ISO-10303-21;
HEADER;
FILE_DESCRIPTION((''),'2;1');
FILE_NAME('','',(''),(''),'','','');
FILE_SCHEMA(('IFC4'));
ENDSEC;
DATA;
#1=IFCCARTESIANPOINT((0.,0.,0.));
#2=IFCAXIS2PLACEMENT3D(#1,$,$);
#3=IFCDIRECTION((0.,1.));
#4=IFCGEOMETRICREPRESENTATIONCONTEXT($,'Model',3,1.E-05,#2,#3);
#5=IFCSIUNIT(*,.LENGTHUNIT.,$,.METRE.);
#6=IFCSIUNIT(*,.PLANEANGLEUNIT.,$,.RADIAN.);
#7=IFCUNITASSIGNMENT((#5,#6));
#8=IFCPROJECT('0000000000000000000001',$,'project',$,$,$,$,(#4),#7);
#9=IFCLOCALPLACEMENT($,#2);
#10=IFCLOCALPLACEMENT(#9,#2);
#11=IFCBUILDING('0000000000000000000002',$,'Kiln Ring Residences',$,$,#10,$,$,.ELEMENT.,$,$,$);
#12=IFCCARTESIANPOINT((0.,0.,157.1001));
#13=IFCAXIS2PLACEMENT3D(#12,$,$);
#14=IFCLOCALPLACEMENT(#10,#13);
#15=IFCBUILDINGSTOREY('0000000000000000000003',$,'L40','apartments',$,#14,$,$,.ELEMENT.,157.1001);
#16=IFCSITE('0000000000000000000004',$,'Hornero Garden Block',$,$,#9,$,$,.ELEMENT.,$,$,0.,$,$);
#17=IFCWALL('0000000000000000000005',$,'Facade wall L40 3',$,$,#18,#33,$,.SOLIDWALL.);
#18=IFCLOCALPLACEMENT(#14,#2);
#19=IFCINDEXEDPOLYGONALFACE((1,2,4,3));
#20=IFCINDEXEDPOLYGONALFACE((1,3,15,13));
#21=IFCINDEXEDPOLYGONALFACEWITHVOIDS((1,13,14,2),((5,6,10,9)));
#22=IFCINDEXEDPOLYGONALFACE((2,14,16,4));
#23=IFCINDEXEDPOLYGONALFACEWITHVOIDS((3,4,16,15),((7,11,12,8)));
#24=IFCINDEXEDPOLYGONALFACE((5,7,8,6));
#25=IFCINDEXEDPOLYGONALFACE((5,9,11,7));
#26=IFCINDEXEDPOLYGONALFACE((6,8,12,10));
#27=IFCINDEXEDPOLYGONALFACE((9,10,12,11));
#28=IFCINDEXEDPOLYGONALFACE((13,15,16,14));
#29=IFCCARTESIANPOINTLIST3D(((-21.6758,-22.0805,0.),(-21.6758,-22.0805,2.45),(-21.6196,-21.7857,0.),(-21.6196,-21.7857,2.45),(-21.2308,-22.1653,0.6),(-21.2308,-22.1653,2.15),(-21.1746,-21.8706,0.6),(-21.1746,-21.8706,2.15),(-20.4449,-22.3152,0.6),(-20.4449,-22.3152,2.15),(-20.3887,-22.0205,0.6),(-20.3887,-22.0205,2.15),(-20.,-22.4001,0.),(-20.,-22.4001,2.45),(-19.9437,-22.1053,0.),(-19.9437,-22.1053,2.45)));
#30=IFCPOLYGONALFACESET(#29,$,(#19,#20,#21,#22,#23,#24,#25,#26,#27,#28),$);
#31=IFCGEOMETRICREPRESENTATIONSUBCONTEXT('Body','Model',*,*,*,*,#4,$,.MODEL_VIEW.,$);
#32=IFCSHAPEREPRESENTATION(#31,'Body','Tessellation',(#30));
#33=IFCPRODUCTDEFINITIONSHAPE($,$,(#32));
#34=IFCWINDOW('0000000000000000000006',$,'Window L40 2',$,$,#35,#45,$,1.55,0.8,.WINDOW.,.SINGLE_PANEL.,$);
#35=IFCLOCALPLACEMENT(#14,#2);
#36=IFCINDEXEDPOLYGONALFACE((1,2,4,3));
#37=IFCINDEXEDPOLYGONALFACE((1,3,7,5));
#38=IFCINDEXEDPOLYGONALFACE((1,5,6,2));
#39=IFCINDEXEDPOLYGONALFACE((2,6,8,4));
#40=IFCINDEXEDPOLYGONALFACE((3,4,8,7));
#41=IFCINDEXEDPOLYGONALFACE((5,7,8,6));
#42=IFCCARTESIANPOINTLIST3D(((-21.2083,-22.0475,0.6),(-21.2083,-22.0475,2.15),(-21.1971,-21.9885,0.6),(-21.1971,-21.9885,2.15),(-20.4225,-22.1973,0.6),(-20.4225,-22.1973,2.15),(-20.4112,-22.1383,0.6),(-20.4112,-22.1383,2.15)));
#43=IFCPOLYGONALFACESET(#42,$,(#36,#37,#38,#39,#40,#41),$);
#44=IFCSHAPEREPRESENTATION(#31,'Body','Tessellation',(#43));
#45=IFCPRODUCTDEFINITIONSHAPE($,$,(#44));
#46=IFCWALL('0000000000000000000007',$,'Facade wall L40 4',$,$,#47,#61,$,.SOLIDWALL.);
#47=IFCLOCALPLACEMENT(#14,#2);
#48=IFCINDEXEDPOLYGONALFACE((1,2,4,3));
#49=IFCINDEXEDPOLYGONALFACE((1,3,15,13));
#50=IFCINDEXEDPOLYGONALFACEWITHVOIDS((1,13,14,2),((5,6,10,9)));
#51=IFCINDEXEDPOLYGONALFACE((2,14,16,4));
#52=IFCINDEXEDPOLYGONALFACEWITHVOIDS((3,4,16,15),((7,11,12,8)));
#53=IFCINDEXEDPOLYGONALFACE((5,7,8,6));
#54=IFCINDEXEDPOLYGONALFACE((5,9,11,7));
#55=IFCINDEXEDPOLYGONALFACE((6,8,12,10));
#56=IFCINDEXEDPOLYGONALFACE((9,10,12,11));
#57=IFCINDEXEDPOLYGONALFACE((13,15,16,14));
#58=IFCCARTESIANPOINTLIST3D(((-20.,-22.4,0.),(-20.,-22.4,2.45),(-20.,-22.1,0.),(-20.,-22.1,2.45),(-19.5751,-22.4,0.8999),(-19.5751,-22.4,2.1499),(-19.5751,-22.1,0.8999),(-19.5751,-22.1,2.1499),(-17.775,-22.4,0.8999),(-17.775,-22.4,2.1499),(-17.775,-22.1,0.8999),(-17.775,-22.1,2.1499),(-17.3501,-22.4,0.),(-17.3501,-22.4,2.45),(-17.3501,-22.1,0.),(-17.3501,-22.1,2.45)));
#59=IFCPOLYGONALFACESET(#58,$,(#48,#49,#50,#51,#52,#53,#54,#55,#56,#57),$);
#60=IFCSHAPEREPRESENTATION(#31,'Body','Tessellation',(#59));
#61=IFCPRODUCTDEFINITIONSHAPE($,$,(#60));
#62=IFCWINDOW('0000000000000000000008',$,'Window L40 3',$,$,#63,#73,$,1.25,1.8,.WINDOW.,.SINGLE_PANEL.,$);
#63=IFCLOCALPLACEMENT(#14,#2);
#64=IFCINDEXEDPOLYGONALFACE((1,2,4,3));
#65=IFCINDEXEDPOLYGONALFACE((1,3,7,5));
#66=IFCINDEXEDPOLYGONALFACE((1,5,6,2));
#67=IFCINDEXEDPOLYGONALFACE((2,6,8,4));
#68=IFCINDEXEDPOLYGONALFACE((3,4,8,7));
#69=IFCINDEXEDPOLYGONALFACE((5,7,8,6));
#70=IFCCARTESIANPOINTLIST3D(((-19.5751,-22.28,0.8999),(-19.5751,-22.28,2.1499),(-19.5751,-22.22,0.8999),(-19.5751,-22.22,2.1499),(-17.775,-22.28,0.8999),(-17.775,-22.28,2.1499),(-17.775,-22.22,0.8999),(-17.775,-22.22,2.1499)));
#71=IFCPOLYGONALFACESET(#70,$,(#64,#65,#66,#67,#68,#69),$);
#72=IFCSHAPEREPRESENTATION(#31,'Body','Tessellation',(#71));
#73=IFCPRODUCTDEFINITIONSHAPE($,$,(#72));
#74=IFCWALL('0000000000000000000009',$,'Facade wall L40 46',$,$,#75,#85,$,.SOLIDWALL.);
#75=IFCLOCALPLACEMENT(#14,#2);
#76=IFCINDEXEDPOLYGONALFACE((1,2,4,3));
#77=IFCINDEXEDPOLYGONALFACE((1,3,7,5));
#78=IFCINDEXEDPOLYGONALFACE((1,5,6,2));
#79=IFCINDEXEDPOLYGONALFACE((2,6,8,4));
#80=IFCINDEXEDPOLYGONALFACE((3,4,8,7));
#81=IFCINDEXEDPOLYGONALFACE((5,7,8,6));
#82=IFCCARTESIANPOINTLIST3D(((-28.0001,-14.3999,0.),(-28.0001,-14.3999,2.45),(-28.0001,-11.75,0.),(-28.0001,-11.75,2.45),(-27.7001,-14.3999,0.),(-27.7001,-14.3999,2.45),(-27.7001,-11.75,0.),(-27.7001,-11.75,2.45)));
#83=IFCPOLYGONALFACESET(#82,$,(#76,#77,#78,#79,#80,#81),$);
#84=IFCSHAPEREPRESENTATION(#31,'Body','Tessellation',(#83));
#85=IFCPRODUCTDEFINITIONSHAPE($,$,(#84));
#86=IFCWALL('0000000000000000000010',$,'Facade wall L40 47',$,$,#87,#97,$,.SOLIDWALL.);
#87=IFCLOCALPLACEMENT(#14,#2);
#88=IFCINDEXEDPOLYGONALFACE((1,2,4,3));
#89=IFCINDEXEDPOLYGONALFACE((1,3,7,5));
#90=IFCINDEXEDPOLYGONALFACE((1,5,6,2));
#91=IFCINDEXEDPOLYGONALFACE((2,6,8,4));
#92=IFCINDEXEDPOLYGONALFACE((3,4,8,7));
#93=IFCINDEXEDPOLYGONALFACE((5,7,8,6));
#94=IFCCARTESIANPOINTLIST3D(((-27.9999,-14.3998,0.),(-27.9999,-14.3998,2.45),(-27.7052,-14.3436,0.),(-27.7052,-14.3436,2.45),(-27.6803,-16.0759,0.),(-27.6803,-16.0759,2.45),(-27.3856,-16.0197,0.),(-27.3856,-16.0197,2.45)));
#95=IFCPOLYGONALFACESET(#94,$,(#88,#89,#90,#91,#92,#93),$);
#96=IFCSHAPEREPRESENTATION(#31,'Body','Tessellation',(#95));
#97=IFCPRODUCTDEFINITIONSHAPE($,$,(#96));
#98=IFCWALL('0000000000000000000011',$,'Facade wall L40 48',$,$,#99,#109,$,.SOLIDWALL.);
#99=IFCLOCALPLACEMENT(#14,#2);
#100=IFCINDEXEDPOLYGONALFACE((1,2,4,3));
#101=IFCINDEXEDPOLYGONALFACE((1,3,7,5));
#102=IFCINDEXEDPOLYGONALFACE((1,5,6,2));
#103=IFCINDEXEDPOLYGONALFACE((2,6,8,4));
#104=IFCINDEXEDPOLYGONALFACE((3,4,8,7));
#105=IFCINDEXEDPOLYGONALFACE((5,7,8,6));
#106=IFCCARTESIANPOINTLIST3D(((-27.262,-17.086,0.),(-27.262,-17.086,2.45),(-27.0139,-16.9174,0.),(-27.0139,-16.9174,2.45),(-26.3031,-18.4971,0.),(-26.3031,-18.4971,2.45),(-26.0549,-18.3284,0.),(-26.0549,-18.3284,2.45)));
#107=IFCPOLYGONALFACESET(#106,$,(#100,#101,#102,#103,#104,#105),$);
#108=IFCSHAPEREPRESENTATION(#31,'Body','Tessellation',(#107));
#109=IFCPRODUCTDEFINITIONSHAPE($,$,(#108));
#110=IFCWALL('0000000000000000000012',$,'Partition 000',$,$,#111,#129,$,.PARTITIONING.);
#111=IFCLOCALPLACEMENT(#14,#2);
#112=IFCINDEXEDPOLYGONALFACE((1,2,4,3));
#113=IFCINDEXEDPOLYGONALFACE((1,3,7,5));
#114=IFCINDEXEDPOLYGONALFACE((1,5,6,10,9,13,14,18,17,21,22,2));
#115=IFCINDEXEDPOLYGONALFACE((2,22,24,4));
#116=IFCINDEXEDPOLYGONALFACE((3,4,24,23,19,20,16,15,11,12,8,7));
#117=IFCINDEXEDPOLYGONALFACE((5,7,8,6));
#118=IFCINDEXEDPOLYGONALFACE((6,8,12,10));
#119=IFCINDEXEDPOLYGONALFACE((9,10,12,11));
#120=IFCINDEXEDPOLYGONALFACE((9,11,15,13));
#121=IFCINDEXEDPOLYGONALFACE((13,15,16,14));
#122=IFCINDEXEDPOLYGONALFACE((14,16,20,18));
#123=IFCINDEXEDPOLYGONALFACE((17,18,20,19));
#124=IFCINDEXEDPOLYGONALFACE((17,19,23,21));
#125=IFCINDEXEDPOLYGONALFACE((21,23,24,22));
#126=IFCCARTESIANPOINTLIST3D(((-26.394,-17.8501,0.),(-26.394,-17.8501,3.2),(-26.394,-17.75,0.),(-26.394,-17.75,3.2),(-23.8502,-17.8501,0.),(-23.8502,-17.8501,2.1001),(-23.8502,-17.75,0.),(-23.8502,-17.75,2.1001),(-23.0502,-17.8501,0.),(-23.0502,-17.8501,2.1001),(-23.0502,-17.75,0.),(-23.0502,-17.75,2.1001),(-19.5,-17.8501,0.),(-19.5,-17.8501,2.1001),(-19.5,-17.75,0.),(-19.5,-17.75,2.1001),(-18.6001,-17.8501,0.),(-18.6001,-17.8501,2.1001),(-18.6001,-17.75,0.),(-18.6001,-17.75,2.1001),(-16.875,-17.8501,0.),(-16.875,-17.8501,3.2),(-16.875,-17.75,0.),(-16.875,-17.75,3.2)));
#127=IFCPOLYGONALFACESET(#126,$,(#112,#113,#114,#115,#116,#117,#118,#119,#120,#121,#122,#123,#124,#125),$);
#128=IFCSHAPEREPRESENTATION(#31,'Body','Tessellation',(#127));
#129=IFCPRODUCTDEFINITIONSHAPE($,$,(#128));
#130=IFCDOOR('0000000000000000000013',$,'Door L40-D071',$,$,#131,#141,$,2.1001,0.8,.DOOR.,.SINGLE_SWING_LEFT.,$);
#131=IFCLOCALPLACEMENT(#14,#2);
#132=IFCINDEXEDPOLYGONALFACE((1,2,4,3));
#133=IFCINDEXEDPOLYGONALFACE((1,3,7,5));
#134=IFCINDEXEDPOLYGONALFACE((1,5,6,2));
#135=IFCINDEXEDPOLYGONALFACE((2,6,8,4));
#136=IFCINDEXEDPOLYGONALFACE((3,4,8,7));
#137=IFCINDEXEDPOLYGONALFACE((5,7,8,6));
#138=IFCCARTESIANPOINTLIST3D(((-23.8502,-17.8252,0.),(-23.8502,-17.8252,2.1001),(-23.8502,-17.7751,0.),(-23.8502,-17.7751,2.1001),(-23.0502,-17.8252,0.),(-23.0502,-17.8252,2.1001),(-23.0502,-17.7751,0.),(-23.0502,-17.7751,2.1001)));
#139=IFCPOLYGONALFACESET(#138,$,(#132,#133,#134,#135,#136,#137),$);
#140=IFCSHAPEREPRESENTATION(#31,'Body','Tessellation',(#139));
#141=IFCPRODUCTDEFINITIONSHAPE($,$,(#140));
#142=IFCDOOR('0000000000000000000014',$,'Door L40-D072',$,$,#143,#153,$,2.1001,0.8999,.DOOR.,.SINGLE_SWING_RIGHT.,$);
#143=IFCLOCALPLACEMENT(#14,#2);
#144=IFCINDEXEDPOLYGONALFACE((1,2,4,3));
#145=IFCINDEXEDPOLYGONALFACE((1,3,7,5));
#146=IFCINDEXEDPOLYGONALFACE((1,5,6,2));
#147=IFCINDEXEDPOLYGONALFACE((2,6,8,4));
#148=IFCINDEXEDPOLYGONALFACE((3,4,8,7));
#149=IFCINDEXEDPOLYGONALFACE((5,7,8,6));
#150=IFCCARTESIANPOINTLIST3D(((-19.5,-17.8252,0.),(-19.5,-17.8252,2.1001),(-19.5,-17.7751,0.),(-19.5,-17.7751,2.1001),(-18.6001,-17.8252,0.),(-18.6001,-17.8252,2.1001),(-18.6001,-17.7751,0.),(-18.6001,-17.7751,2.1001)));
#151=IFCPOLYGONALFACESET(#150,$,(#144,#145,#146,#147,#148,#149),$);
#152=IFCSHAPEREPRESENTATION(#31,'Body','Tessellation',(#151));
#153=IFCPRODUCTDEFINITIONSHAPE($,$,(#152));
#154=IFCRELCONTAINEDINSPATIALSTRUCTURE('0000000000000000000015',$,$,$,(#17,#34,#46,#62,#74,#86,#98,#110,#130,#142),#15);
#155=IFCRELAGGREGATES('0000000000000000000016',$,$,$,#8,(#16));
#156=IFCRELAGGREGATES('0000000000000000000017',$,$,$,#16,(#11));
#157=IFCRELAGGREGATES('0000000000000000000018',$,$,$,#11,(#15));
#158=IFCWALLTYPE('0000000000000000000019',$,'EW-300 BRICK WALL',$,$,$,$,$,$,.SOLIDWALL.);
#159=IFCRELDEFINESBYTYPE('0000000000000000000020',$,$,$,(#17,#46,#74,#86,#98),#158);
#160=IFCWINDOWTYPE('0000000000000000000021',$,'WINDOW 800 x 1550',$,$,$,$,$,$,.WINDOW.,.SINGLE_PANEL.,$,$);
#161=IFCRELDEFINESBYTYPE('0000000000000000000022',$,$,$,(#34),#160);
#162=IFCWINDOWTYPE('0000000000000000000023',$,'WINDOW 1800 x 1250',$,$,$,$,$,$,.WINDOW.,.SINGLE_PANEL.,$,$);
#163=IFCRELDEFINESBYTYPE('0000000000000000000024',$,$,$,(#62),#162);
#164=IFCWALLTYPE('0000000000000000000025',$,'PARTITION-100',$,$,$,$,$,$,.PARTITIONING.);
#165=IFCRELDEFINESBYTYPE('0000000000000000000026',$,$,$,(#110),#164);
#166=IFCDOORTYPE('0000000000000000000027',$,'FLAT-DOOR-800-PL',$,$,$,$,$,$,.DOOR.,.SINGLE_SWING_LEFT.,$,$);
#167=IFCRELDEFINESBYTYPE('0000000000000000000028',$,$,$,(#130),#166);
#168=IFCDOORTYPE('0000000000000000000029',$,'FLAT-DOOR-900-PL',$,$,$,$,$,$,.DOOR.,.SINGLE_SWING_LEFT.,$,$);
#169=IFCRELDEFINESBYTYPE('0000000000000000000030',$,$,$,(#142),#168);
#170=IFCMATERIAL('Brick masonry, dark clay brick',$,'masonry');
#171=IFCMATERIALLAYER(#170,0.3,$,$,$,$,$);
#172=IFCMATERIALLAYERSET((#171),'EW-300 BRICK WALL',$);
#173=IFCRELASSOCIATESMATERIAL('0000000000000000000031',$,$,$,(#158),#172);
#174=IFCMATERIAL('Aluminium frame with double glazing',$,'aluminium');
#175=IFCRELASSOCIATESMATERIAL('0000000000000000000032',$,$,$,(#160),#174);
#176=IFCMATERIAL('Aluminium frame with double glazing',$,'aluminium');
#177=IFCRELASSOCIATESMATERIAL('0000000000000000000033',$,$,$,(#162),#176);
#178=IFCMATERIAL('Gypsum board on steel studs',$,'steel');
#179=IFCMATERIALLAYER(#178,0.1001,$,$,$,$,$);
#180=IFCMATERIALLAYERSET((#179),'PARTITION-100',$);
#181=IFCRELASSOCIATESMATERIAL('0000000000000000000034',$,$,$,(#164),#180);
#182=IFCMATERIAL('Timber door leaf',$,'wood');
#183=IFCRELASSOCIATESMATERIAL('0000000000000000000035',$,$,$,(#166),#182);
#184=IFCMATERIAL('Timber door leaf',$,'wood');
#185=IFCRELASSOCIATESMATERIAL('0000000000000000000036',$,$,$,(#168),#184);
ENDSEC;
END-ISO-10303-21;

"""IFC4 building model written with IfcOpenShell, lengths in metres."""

from ifc_helpers import new_model, si_unit, direction, frame, frame_2d, origin, place, context, subcontext, project, spatial, rectangle, extrude, material, layer, layer_set, type_object, element, fill, save


model = new_model("IFC4")

# Units and contexts
model_context = context("Model", 3, precision=1e-05, world=origin(), true_north=direction((0.0, 1.0)))
body_context = subcontext(model_context, "Body", "Model", "MODEL_VIEW")
ifc_project = project(units=[si_unit("LENGTHUNIT", "METRE"), si_unit("PLANEANGLEUNIT", "RADIAN")], contexts=[model_context])

# Site, building, storey
site_placement = place(None, origin())
site = spatial("IfcSite", under=ifc_project, at=site_placement, Name="Hornero Garden Block", CompositionType="ELEMENT", RefElevation=0.0)
building_placement = place(site_placement, origin())
building = spatial("IfcBuilding", under=site, at=building_placement, Name="Kiln Ring Residences", CompositionType="ELEMENT")
storey_placement = place(building_placement, frame((0.0, 0.0, 157.1001)))
storey = spatial("IfcBuildingStorey", under=building, at=storey_placement, Name="L40", Description="apartments", CompositionType="ELEMENT", Elevation=157.1001)

# Shared definitions
ifc_material_1 = material(Name="Brick masonry, dark clay brick", Category="masonry")
ifc_layer_1 = layer(ifc_material_1, 0.3)
ifc_layer_set_1 = layer_set([ifc_layer_1], Name="EW-300 BRICK WALL")
wall_type_1 = type_object("IfcWallType", Name="EW-300 BRICK WALL", PredefinedType="SOLIDWALL", material=ifc_layer_set_1)

# Walls, openings, windows
wall_1_placement = place(storey_placement, frame((-21.6477, -21.9331, 0.0), z_axis=(0.0, 0.0, 1.0), x_axis=(0.982297, -0.187329, 0.0)))
wall_1 = element("IfcWall", 1, at=wall_1_placement, inside=storey, type_object=wall_type_1, Name="Facade wall L40 3", PredefinedType="SOLIDWALL", context=body_context, shape_type="SweptSolid", body=[
    extrude(rectangle(XDim=1.7061, YDim=0.3, at=frame_2d((0.853, 0.0))), origin(), (0.0, 0.0, 1.0), 2.45),
])
opening_1_placement = place(wall_1_placement, frame((0.4531, 0.0, 0.6001)))
opening_1 = element("IfcOpeningElement", 2, at=opening_1_placement, cuts=wall_1, PredefinedType="OPENING", context=body_context, shape_type="SweptSolid", body=[
    extrude(rectangle(XDim=0.8, YDim=1.55, at=frame_2d((0.3999, 0.7749))), frame((0.0, 0.1599, 0.0), z_axis=(0.0, -1.0, 0.0), x_axis=(1.0, 0.0, 0.0)), (0.0, 0.0, 1.0), 0.3201),
])
ifc_material_2 = material(Name="Aluminium frame with double glazing", Category="aluminium")
window_type_1 = type_object("IfcWindowType", Name="WINDOW 800 x 1550", PartitioningType="SINGLE_PANEL", PredefinedType="WINDOW", material=ifc_material_2)
window_1_placement = place(opening_1_placement, origin())
window_1 = element("IfcWindow", 3, at=window_1_placement, inside=storey, type_object=window_type_1, Name="Window L40 2", OverallHeight=1.55, OverallWidth=0.8, PartitioningType="SINGLE_PANEL", PredefinedType="WINDOW", context=body_context, shape_type="SweptSolid", body=[
    extrude(rectangle(XDim=0.8, YDim=1.55, at=frame_2d((0.3999, 0.7749))), frame((0.0, 0.03, 0.0), z_axis=(0.0, -1.0, 0.0), x_axis=(1.0, 0.0, 0.0)), (0.0, 0.0, 1.0), 0.0601),
])
fill(opening_1, window_1)
wall_2_placement = place(storey_placement, frame((-20.0, -22.25, 0.0), z_axis=(0.0, 0.0, 1.0), x_axis=(1.0, 0.0, 0.0)))
wall_2 = element("IfcWall", 4, at=wall_2_placement, inside=storey, type_object=wall_type_1, Name="Facade wall L40 4", PredefinedType="SOLIDWALL", context=body_context, shape_type="SweptSolid", body=[
    extrude(rectangle(XDim=2.6499, YDim=0.3, at=frame_2d((1.325, 0.0))), origin(), (0.0, 0.0, 1.0), 2.45),
])
opening_2_placement = place(wall_2_placement, frame((0.425, 0.0, 0.8999)))
opening_2 = element("IfcOpeningElement", 5, at=opening_2_placement, cuts=wall_2, PredefinedType="OPENING", context=body_context, shape_type="SweptSolid", body=[
    extrude(rectangle(XDim=1.8, YDim=1.25, at=frame_2d((0.8999, 0.625))), frame((0.0, 0.1599, 0.0), z_axis=(0.0, -1.0, 0.0), x_axis=(1.0, 0.0, 0.0)), (0.0, 0.0, 1.0), 0.3201),
])
ifc_material_3 = material(Name="Aluminium frame with double glazing", Category="aluminium")
window_type_2 = type_object("IfcWindowType", Name="WINDOW 1800 x 1250", PartitioningType="SINGLE_PANEL", PredefinedType="WINDOW", material=ifc_material_3)
window_2_placement = place(opening_2_placement, origin())
window_2 = element("IfcWindow", 6, at=window_2_placement, inside=storey, type_object=window_type_2, Name="Window L40 3", OverallHeight=1.25, OverallWidth=1.8, PartitioningType="SINGLE_PANEL", PredefinedType="WINDOW", context=body_context, shape_type="SweptSolid", body=[
    extrude(rectangle(XDim=1.8, YDim=1.25, at=frame_2d((0.8999, 0.625))), frame((0.0, 0.03, 0.0), z_axis=(0.0, -1.0, 0.0), x_axis=(1.0, 0.0, 0.0)), (0.0, 0.0, 1.0), 0.0601),
])
fill(opening_2, window_2)

# Walls
wall_3_placement = place(storey_placement, frame((-27.8501, -11.75, 0.0), z_axis=(0.0, 0.0, 1.0), x_axis=(0.0, -1.0, 0.0)))
element("IfcWall", 7, at=wall_3_placement, inside=storey, type_object=wall_type_1, Name="Facade wall L40 46", PredefinedType="SOLIDWALL", context=body_context, shape_type="SweptSolid", body=[
    extrude(rectangle(XDim=2.6499, YDim=0.3, at=frame_2d((1.325, 0.0))), origin(), (0.0, 0.0, 1.0), 2.45),
])
wall_4_placement = place(storey_placement, frame((-27.8525, -14.3718, 0.0), z_axis=(0.0, 0.0, 1.0), x_axis=(0.187303, -0.982302, 0.0)))
element("IfcWall", 8, at=wall_4_placement, inside=storey, type_object=wall_type_1, Name="Facade wall L40 47", PredefinedType="SOLIDWALL", context=body_context, shape_type="SweptSolid", body=[
    extrude(rectangle(XDim=1.7063, YDim=0.3, at=frame_2d((0.853, 0.0))), origin(), (0.0, 0.0, 1.0), 2.45),
])
wall_5_placement = place(storey_placement, frame((-27.1379, -17.0017, 0.0), z_axis=(0.0, 0.0, 1.0), x_axis=(0.562075, -0.827086, 0.0)))
element("IfcWall", 9, at=wall_5_placement, inside=storey, type_object=wall_type_1, Name="Facade wall L40 48", PredefinedType="SOLIDWALL", context=body_context, shape_type="SweptSolid", body=[
    extrude(rectangle(XDim=1.7061, YDim=0.3, at=frame_2d((0.853, 0.0))), origin(), (0.0, 0.0, 1.0), 2.45),
])

# Wall, openings, doors
ifc_material_4 = material(Name="Gypsum board on steel studs", Category="steel")
ifc_layer_2 = layer(ifc_material_4, 0.1001)
ifc_layer_set_2 = layer_set([ifc_layer_2], Name="PARTITION-100")
wall_type_2 = type_object("IfcWallType", Name="PARTITION-100", PredefinedType="PARTITIONING", material=ifc_layer_set_2)
wall_6_placement = place(storey_placement, frame((-26.394, -17.8, 0.0), z_axis=(0.0, 0.0, 1.0), x_axis=(1.0, 0.0, 0.0)))
wall_6 = element("IfcWall", 10, at=wall_6_placement, inside=storey, type_object=wall_type_2, Name="Partition 000", PredefinedType="PARTITIONING", context=body_context, shape_type="SweptSolid", body=[
    extrude(rectangle(XDim=9.519, YDim=0.1001, at=frame_2d((4.7595, 0.0))), origin(), (0.0, 0.0, 1.0), 3.2),
])
opening_3_placement = place(wall_6_placement, frame((2.5439, 0.0, 0.0)))
opening_3 = element("IfcOpeningElement", 11, at=opening_3_placement, cuts=wall_6, PredefinedType="OPENING", context=body_context, shape_type="SweptSolid", body=[
    extrude(rectangle(XDim=0.8, YDim=2.1001, at=frame_2d((0.3999, 1.05))), frame((0.0, 0.0601, 0.0), z_axis=(0.0, -1.0, 0.0), x_axis=(1.0, 0.0, 0.0)), (0.0, 0.0, 1.0), 0.1201),
])
opening_4_placement = place(wall_6_placement, frame((6.894, 0.0, 0.0)))
opening_4 = element("IfcOpeningElement", 12, at=opening_4_placement, cuts=wall_6, PredefinedType="OPENING", context=body_context, shape_type="SweptSolid", body=[
    extrude(rectangle(XDim=0.8999, YDim=2.1001, at=frame_2d((0.45, 1.05))), frame((0.0, 0.0601, 0.0), z_axis=(0.0, -1.0, 0.0), x_axis=(1.0, 0.0, 0.0)), (0.0, 0.0, 1.0), 0.1201),
])
ifc_material_5 = material(Name="Timber door leaf", Category="wood")
door_type_1 = type_object("IfcDoorType", Name="FLAT-DOOR-800-PL", OperationType="SINGLE_SWING_LEFT", PredefinedType="DOOR", material=ifc_material_5)
door_1_placement = place(opening_3_placement, origin())
door_1 = element("IfcDoor", 13, at=door_1_placement, inside=storey, type_object=door_type_1, Name="Door L40-D071", OperationType="SINGLE_SWING_LEFT", OverallHeight=2.1001, OverallWidth=0.8, PredefinedType="DOOR", context=body_context, shape_type="SweptSolid", body=[
    extrude(rectangle(XDim=0.8, YDim=2.1001, at=frame_2d((0.3999, 1.05))), frame((0.0, 0.0249, 0.0), z_axis=(0.0, -1.0, 0.0), x_axis=(1.0, 0.0, 0.0)), (0.0, 0.0, 1.0), 0.05),
])
fill(opening_3, door_1)
ifc_material_6 = material(Name="Timber door leaf", Category="wood")
door_type_2 = type_object("IfcDoorType", Name="FLAT-DOOR-900-PL", OperationType="SINGLE_SWING_LEFT", PredefinedType="DOOR", material=ifc_material_6)
door_2_placement = place(opening_4_placement, origin())
door_2 = element("IfcDoor", 14, at=door_2_placement, inside=storey, type_object=door_type_2, Name="Door L40-D072", OperationType="SINGLE_SWING_RIGHT", OverallHeight=2.1001, OverallWidth=0.8999, PredefinedType="DOOR", context=body_context, shape_type="SweptSolid", body=[
    extrude(rectangle(XDim=0.8999, YDim=2.1001, at=frame_2d((0.45, 1.05))), frame((0.0, 0.0249, 0.0), z_axis=(0.0, -1.0, 0.0), x_axis=(1.0, 0.0, 0.0)), (0.0, 0.0, 1.0), 0.05),
])
fill(opening_4, door_2)

save(model, "model.ifc")
